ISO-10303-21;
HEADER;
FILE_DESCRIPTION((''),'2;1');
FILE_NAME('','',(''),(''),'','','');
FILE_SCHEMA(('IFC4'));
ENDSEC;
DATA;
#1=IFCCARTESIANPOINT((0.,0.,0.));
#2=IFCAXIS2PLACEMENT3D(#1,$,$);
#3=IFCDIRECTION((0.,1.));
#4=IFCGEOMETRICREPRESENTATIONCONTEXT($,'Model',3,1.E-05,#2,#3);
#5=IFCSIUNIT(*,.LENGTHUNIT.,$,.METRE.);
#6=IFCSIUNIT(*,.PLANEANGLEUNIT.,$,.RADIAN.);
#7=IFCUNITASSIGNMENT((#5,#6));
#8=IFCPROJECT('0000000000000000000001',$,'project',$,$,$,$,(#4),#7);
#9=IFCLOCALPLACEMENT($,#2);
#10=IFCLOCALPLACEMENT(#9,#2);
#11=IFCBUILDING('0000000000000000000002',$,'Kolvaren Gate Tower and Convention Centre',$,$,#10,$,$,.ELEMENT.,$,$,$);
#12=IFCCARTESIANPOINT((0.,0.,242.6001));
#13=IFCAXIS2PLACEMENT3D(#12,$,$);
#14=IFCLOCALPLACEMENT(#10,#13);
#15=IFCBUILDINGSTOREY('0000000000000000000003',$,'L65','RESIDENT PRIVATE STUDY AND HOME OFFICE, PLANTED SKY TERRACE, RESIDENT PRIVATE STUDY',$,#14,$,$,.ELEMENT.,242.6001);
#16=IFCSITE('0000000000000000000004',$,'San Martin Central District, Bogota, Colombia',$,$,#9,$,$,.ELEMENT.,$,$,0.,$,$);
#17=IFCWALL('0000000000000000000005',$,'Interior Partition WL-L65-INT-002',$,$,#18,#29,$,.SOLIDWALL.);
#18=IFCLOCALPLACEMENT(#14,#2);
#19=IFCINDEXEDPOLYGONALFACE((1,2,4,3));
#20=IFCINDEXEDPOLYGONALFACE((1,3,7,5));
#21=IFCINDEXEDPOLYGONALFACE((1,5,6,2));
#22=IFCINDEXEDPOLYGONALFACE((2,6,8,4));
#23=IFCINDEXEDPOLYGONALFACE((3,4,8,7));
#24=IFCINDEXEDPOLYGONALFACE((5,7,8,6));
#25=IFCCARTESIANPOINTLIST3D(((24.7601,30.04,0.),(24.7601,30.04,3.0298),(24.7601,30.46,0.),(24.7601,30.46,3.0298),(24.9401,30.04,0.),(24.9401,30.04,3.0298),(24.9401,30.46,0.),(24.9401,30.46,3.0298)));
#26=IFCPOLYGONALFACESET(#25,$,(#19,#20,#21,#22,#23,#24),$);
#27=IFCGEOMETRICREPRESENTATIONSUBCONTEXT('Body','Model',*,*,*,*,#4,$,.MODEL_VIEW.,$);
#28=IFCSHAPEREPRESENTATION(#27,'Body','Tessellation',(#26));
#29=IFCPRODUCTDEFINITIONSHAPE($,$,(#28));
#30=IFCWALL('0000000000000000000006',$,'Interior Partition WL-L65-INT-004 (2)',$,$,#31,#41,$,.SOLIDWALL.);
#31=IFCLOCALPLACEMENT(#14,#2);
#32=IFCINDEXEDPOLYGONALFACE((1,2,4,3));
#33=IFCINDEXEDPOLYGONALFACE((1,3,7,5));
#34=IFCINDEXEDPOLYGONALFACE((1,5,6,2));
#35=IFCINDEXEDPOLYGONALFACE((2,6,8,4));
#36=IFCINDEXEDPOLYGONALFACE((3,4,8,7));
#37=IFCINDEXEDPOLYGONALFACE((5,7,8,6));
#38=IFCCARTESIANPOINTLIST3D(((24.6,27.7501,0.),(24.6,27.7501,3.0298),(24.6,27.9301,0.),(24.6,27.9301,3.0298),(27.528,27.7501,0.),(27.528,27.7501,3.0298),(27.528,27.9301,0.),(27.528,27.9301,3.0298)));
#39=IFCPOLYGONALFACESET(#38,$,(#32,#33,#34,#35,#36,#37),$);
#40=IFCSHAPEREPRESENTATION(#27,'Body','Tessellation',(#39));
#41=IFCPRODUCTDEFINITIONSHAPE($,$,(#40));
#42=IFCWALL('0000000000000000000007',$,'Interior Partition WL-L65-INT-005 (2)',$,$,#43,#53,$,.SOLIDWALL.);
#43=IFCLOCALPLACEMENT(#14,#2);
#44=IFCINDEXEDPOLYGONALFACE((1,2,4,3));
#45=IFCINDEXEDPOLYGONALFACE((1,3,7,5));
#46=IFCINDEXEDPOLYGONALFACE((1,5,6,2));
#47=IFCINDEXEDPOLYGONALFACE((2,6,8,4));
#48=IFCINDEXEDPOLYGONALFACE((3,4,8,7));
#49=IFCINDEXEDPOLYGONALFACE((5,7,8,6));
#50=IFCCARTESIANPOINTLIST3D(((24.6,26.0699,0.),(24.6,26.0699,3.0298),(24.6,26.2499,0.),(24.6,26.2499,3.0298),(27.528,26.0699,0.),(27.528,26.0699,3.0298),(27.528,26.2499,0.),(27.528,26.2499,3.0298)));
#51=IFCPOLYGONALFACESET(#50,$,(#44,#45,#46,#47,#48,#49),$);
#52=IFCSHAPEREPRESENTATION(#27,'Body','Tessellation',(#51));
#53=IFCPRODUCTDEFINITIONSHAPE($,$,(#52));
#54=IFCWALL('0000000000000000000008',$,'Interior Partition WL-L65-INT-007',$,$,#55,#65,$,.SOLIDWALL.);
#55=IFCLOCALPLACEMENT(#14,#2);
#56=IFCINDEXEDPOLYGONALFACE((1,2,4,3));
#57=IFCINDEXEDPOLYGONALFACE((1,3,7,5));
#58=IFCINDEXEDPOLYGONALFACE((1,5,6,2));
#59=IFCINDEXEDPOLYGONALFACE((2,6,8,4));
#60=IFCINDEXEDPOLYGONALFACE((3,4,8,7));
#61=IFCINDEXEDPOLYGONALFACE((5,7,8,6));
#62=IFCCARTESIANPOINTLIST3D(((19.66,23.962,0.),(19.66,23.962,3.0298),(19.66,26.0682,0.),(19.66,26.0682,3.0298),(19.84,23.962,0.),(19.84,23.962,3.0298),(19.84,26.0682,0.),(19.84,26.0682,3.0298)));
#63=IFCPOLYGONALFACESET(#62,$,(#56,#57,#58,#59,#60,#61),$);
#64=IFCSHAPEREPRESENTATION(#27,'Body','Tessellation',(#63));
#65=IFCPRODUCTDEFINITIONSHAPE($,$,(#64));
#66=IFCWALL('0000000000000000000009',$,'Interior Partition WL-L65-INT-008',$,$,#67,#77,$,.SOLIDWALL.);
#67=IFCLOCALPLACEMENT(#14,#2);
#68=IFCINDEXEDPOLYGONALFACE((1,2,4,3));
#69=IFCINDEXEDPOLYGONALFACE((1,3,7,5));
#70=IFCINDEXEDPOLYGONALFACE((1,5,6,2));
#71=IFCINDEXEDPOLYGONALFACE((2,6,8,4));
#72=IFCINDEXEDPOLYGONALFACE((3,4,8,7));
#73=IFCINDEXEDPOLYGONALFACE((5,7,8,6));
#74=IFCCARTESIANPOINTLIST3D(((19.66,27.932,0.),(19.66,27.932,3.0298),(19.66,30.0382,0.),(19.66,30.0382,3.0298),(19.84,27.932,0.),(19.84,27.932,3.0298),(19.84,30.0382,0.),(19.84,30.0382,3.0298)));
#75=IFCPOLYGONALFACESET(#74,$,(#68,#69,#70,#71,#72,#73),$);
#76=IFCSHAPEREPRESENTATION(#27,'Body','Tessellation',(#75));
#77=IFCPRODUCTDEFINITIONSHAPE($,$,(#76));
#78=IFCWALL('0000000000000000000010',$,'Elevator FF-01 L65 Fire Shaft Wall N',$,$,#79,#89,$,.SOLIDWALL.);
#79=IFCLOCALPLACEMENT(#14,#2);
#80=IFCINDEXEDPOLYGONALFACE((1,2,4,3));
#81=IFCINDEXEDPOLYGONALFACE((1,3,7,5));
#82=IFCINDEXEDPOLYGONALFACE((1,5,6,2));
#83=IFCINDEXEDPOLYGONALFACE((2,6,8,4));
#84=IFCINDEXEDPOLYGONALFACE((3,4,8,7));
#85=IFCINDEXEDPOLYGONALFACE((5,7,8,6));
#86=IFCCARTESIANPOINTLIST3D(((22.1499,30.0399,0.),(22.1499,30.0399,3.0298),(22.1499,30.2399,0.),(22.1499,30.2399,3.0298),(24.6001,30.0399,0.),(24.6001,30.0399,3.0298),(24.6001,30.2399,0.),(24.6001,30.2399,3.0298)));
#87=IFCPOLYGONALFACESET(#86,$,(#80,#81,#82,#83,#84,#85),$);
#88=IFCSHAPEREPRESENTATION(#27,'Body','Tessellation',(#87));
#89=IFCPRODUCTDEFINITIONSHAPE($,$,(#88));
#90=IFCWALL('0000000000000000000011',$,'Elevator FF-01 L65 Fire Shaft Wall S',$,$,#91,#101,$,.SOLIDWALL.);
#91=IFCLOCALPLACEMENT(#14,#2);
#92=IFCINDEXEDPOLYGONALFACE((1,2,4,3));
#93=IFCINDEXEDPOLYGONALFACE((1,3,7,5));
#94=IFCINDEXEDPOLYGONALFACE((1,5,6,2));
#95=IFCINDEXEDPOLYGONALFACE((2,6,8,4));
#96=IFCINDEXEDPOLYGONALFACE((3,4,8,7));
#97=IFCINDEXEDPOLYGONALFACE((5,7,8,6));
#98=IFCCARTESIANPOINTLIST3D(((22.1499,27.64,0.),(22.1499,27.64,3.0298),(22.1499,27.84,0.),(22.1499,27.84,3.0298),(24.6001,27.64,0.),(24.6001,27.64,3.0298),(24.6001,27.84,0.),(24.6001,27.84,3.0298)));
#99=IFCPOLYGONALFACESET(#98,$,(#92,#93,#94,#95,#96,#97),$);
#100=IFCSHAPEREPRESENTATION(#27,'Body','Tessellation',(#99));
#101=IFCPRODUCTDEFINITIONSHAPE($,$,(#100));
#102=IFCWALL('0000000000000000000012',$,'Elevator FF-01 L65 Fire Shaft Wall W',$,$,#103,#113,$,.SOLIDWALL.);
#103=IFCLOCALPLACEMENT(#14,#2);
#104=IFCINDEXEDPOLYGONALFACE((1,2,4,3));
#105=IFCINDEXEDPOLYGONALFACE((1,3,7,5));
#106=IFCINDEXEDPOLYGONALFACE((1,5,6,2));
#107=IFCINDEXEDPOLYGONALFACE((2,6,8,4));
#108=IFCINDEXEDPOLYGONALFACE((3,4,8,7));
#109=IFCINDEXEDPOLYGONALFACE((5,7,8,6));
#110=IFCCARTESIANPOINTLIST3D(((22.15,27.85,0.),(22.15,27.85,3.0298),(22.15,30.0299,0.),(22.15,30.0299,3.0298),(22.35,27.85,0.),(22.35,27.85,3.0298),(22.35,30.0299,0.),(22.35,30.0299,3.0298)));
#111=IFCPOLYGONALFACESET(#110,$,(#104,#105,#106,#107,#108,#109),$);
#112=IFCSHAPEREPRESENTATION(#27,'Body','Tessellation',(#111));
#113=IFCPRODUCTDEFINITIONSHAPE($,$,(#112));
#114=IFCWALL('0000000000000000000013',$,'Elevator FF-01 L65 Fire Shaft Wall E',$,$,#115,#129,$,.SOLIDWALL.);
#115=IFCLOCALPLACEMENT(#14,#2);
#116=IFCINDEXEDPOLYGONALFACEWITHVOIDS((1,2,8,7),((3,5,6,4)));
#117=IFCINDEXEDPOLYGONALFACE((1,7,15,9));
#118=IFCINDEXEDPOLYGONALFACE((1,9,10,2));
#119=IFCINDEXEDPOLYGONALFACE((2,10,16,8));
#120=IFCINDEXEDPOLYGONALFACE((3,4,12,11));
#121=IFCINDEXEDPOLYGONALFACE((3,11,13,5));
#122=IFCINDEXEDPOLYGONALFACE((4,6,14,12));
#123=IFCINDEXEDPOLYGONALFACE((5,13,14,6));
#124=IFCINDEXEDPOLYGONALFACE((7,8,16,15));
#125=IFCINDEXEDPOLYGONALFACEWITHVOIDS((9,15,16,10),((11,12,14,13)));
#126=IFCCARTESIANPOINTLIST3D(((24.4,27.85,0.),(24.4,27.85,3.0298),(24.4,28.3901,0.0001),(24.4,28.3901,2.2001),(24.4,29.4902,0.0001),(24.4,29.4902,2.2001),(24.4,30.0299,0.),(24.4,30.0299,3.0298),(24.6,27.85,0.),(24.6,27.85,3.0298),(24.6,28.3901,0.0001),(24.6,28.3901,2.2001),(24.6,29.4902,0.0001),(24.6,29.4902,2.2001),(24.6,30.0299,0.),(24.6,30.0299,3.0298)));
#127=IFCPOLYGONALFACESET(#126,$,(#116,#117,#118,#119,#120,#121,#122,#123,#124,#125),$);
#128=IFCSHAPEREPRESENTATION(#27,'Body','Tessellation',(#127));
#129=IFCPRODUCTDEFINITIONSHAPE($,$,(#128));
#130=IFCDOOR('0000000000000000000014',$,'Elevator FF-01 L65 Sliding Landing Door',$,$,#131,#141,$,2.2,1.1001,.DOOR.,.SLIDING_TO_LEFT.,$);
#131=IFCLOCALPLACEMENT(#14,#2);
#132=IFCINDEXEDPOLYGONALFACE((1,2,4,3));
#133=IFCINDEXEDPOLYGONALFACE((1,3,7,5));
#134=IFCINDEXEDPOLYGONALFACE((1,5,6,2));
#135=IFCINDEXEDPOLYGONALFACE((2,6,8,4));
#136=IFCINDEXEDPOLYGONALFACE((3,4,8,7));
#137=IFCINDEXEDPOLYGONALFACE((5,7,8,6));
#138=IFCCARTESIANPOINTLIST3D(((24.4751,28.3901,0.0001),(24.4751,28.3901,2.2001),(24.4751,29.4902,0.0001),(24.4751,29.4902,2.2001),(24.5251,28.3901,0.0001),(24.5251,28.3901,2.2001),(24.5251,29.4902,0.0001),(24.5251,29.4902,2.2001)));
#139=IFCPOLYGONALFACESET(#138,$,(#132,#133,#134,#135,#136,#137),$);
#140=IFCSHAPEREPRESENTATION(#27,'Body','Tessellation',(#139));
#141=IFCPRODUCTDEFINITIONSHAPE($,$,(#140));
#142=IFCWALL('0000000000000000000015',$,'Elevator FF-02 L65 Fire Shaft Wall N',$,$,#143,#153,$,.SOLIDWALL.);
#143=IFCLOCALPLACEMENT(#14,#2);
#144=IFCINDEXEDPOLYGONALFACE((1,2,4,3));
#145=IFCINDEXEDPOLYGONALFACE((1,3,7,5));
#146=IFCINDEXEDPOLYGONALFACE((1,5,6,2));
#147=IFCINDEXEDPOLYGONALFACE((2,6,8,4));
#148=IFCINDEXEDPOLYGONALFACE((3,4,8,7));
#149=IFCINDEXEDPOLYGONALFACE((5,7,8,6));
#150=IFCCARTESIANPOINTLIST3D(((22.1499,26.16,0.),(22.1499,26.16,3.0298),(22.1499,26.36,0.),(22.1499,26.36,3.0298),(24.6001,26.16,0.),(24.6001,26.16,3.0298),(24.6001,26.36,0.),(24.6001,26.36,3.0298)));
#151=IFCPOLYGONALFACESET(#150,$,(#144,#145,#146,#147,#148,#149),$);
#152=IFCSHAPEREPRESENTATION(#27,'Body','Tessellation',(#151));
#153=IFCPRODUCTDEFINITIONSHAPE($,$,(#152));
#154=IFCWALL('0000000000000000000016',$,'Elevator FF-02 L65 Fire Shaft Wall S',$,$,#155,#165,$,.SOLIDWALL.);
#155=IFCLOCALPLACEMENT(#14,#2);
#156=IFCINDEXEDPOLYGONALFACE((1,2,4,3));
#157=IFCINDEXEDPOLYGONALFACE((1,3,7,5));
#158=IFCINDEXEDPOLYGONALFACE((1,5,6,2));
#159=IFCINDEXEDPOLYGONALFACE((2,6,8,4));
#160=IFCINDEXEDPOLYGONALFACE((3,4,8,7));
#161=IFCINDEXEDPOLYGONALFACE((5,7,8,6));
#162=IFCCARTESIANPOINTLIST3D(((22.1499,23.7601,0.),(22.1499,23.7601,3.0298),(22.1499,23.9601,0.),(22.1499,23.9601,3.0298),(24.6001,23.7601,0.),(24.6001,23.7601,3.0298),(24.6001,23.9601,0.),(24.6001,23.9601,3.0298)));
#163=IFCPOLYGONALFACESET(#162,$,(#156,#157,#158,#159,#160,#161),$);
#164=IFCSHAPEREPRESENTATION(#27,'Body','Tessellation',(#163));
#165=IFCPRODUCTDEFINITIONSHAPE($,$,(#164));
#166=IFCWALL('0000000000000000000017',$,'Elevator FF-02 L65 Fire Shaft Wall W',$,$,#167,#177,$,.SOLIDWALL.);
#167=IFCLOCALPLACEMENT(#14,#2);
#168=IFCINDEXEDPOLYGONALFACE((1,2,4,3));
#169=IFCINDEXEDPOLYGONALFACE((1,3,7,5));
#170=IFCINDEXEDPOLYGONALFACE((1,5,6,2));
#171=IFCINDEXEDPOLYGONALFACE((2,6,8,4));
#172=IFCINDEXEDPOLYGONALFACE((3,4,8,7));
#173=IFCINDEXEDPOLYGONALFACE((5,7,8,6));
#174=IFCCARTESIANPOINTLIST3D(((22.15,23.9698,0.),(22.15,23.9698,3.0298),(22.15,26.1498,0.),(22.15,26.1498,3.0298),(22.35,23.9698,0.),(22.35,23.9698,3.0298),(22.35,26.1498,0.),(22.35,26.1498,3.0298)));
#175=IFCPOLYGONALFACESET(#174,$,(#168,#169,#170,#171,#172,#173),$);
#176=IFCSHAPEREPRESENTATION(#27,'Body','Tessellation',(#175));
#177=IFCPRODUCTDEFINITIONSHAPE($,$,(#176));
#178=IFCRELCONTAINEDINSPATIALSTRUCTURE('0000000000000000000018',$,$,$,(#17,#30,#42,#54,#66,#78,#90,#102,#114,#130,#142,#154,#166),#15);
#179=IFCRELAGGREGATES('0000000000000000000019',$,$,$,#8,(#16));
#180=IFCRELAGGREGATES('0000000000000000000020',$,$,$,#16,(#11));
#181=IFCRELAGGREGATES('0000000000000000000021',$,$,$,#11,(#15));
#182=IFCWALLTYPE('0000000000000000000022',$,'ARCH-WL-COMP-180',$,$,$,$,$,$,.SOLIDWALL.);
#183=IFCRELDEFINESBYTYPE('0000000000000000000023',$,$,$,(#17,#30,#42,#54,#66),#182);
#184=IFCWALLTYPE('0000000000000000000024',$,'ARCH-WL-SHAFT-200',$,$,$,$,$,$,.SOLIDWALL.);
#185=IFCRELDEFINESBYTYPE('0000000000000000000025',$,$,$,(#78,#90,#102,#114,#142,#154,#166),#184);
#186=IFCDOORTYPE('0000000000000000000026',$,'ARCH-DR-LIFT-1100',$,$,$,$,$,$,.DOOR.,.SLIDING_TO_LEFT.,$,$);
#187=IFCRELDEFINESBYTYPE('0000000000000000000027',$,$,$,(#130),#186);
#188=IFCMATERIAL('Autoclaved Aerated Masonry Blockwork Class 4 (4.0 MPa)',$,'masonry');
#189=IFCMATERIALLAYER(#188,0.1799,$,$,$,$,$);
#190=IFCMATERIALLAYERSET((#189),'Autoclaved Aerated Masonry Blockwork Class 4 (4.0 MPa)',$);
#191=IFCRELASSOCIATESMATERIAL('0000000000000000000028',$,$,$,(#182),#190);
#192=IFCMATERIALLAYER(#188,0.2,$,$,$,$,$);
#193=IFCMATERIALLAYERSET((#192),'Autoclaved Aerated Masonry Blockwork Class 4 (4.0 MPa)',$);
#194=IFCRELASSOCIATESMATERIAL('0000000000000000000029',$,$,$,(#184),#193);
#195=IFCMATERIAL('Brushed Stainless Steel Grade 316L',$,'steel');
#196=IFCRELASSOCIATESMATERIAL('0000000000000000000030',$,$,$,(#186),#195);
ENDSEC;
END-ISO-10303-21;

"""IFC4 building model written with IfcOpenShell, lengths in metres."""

from ifc_helpers import new_model, si_unit, direction, frame, frame_2d, origin, place, context, subcontext, project, spatial, rectangle, extrude, material, layer, layer_set, type_object, element, fill, save


model = new_model("IFC4")

# Units and contexts
model_context = context("Model", 3, precision=1e-05, world=origin(), true_north=direction((0.0, 1.0)))
body_context = subcontext(model_context, "Body", "Model", "MODEL_VIEW")
ifc_project = project(units=[si_unit("LENGTHUNIT", "METRE"), si_unit("PLANEANGLEUNIT", "RADIAN")], contexts=[model_context])

# Site, building, storey
site_placement = place(None, origin())
site = spatial("IfcSite", under=ifc_project, at=site_placement, Name="San Martin Central District, Bogota, Colombia", CompositionType="ELEMENT", RefElevation=0.0)
building_placement = place(site_placement, origin())
building = spatial("IfcBuilding", under=site, at=building_placement, Name="Kolvaren Gate Tower and Convention Centre", CompositionType="ELEMENT")
storey_placement = place(building_placement, frame((0.0, 0.0, 242.6001)))
storey = spatial("IfcBuildingStorey", under=building, at=storey_placement, Name="L65", Description="RESIDENT PRIVATE STUDY AND HOME OFFICE, PLANTED SKY TERRACE, RESIDENT PRIVATE STUDY", CompositionType="ELEMENT", Elevation=242.6001)

# Walls
ifc_material_1 = material(Name="Autoclaved Aerated Masonry Blockwork Class 4 (4.0 MPa)", Category="masonry")
ifc_layer_1 = layer(ifc_material_1, 0.1799)
ifc_layer_set_1 = layer_set([ifc_layer_1], Name="Autoclaved Aerated Masonry Blockwork Class 4 (4.0 MPa)")
wall_type_1 = type_object("IfcWallType", Name="ARCH-WL-COMP-180", PredefinedType="SOLIDWALL", material=ifc_layer_set_1)
wall_1_placement = place(storey_placement, frame((24.8501, 30.04, 0.0), z_axis=(0.0, 0.0, 1.0), x_axis=(0.0, 1.0, 0.0)))
element("IfcWall", 1, at=wall_1_placement, inside=storey, type_object=wall_type_1, Name="Interior Partition WL-L65-INT-002", PredefinedType="SOLIDWALL", context=body_context, shape_type="SweptSolid", body=[
    extrude(rectangle(XDim=0.4199, YDim=0.1799, at=frame_2d((0.21, 0.0))), origin(), (0.0, 0.0, 1.0), 3.0298),
])
for number, where, z_axis, x_axis, name in (
    (2, (24.6001, 27.8401, 0.0), (0.0, 0.0, 1.0), (1.0, 0.0, 0.0), "Interior Partition WL-L65-INT-004 (2)"),
    (3, (24.6001, 26.1599, 0.0), (0.0, 0.0, 1.0), (1.0, 0.0, 0.0), "Interior Partition WL-L65-INT-005 (2)"),
):
    element("IfcWall", number, at=place(storey_placement, frame(where, z_axis=z_axis, x_axis=x_axis)), inside=storey, type_object=wall_type_1, Name=name, PredefinedType="SOLIDWALL", context=body_context, shape_type="SweptSolid", body=[
        extrude(rectangle(XDim=2.928, YDim=0.1799, at=frame_2d((1.4639, 0.0))), origin(), (0.0, 0.0, 1.0), 3.0298),
    ])
for number, where, z_axis, x_axis, name in (
    (4, (19.75, 23.9619, 0.0), (0.0, 0.0, 1.0), (0.0, 1.0, 0.0), "Interior Partition WL-L65-INT-007"),
    (5, (19.75, 27.9319, 0.0), (0.0, 0.0, 1.0), (0.0, 1.0, 0.0), "Interior Partition WL-L65-INT-008"),
):
    element("IfcWall", number, at=place(storey_placement, frame(where, z_axis=z_axis, x_axis=x_axis)), inside=storey, type_object=wall_type_1, Name=name, PredefinedType="SOLIDWALL", context=body_context, shape_type="SweptSolid", body=[
        extrude(rectangle(XDim=2.1062, YDim=0.1799, at=frame_2d((1.0532, 0.0))), origin(), (0.0, 0.0, 1.0), 3.0298),
    ])
ifc_layer_2 = layer(ifc_material_1, 0.2)
ifc_layer_set_2 = layer_set([ifc_layer_2], Name="Autoclaved Aerated Masonry Blockwork Class 4 (4.0 MPa)")
wall_type_2 = type_object("IfcWallType", Name="ARCH-WL-SHAFT-200", PredefinedType="SOLIDWALL", material=ifc_layer_set_2)
for number, where, z_axis, x_axis, name in (
    (6, (22.1499, 30.1399, 0.0), (0.0, 0.0, 1.0), (1.0, 0.0, 0.0), "Elevator FF-01 L65 Fire Shaft Wall N"),
    (7, (22.1499, 27.74, 0.0), (0.0, 0.0, 1.0), (1.0, 0.0, 0.0), "Elevator FF-01 L65 Fire Shaft Wall S"),
):
    element("IfcWall", number, at=place(storey_placement, frame(where, z_axis=z_axis, x_axis=x_axis)), inside=storey, type_object=wall_type_2, Name=name, PredefinedType="SOLIDWALL", context=body_context, shape_type="SweptSolid", body=[
        extrude(rectangle(XDim=2.4502, YDim=0.2, at=frame_2d((1.2251, 0.0))), origin(), (0.0, 0.0, 1.0), 3.0298),
    ])
wall_2_placement = place(storey_placement, frame((22.25, 27.8501, 0.0), z_axis=(0.0, 0.0, 1.0), x_axis=(0.0, 1.0, 0.0)))
element("IfcWall", 8, at=wall_2_placement, inside=storey, type_object=wall_type_2, Name="Elevator FF-01 L65 Fire Shaft Wall W", PredefinedType="SOLIDWALL", context=body_context, shape_type="SweptSolid", body=[
    extrude(rectangle(XDim=2.1799, YDim=0.2, at=frame_2d((1.0898, 0.0))), origin(), (0.0, 0.0, 1.0), 3.0298),
])

# Wall, opening, door
wall_3_placement = place(storey_placement, frame((24.5, 27.8501, 0.0), z_axis=(0.0, 0.0, 1.0), x_axis=(0.0, 1.0, 0.0)))
wall_3 = element("IfcWall", 9, at=wall_3_placement, inside=storey, type_object=wall_type_2, Name="Elevator FF-01 L65 Fire Shaft Wall E", PredefinedType="SOLIDWALL", context=body_context, shape_type="SweptSolid", body=[
    extrude(rectangle(XDim=2.1799, YDim=0.2, at=frame_2d((1.0898, 0.0))), origin(), (0.0, 0.0, 1.0), 3.0298),
])
opening_1_placement = place(wall_3_placement, frame((0.54, 0.0, 0.0)))
opening_1 = element("IfcOpeningElement", 10, at=opening_1_placement, cuts=wall_3, PredefinedType="OPENING", context=body_context, shape_type="SweptSolid", body=[
    extrude(rectangle(XDim=1.1001, YDim=2.2, at=frame_2d((0.55, 1.1001))), frame((0.0, 0.1099, 0.0), z_axis=(0.0, -1.0, 0.0), x_axis=(1.0, 0.0, 0.0)), (0.0, 0.0, 1.0), 0.22),
])
ifc_material_2 = material(Name="Brushed Stainless Steel Grade 316L", Category="steel")
door_type_1 = type_object("IfcDoorType", Name="ARCH-DR-LIFT-1100", OperationType="SLIDING_TO_LEFT", PredefinedType="DOOR", material=ifc_material_2)
door_1_placement = place(opening_1_placement, origin())
door_1 = element("IfcDoor", 11, at=door_1_placement, inside=storey, type_object=door_type_1, Name="Elevator FF-01 L65 Sliding Landing Door", OperationType="SLIDING_TO_LEFT", OverallHeight=2.2, OverallWidth=1.1001, PredefinedType="DOOR", context=body_context, shape_type="SweptSolid", body=[
    extrude(rectangle(XDim=1.1001, YDim=2.2, at=frame_2d((0.55, 1.1001))), frame((0.0, 0.0249, 0.0), z_axis=(0.0, -1.0, 0.0), x_axis=(1.0, 0.0, 0.0)), (0.0, 0.0, 1.0), 0.05),
])
fill(opening_1, door_1)

# Walls
for number, where, z_axis, x_axis, name in (
    (12, (22.1499, 26.26, 0.0), (0.0, 0.0, 1.0), (1.0, 0.0, 0.0), "Elevator FF-02 L65 Fire Shaft Wall N"),
    (13, (22.1499, 23.8601, 0.0), (0.0, 0.0, 1.0), (1.0, 0.0, 0.0), "Elevator FF-02 L65 Fire Shaft Wall S"),
):
    element("IfcWall", number, at=place(storey_placement, frame(where, z_axis=z_axis, x_axis=x_axis)), inside=storey, type_object=wall_type_2, Name=name, PredefinedType="SOLIDWALL", context=body_context, shape_type="SweptSolid", body=[
        extrude(rectangle(XDim=2.4502, YDim=0.2, at=frame_2d((1.2251, 0.0))), origin(), (0.0, 0.0, 1.0), 3.0298),
    ])
wall_4_placement = place(storey_placement, frame((22.25, 23.97, 0.0), z_axis=(0.0, 0.0, 1.0), x_axis=(0.0, 1.0, 0.0)))
element("IfcWall", 14, at=wall_4_placement, inside=storey, type_object=wall_type_2, Name="Elevator FF-02 L65 Fire Shaft Wall W", PredefinedType="SOLIDWALL", context=body_context, shape_type="SweptSolid", body=[
    extrude(rectangle(XDim=2.1799, YDim=0.2, at=frame_2d((1.0898, 0.0))), origin(), (0.0, 0.0, 1.0), 3.0298),
])

save(model, "model.ifc")
